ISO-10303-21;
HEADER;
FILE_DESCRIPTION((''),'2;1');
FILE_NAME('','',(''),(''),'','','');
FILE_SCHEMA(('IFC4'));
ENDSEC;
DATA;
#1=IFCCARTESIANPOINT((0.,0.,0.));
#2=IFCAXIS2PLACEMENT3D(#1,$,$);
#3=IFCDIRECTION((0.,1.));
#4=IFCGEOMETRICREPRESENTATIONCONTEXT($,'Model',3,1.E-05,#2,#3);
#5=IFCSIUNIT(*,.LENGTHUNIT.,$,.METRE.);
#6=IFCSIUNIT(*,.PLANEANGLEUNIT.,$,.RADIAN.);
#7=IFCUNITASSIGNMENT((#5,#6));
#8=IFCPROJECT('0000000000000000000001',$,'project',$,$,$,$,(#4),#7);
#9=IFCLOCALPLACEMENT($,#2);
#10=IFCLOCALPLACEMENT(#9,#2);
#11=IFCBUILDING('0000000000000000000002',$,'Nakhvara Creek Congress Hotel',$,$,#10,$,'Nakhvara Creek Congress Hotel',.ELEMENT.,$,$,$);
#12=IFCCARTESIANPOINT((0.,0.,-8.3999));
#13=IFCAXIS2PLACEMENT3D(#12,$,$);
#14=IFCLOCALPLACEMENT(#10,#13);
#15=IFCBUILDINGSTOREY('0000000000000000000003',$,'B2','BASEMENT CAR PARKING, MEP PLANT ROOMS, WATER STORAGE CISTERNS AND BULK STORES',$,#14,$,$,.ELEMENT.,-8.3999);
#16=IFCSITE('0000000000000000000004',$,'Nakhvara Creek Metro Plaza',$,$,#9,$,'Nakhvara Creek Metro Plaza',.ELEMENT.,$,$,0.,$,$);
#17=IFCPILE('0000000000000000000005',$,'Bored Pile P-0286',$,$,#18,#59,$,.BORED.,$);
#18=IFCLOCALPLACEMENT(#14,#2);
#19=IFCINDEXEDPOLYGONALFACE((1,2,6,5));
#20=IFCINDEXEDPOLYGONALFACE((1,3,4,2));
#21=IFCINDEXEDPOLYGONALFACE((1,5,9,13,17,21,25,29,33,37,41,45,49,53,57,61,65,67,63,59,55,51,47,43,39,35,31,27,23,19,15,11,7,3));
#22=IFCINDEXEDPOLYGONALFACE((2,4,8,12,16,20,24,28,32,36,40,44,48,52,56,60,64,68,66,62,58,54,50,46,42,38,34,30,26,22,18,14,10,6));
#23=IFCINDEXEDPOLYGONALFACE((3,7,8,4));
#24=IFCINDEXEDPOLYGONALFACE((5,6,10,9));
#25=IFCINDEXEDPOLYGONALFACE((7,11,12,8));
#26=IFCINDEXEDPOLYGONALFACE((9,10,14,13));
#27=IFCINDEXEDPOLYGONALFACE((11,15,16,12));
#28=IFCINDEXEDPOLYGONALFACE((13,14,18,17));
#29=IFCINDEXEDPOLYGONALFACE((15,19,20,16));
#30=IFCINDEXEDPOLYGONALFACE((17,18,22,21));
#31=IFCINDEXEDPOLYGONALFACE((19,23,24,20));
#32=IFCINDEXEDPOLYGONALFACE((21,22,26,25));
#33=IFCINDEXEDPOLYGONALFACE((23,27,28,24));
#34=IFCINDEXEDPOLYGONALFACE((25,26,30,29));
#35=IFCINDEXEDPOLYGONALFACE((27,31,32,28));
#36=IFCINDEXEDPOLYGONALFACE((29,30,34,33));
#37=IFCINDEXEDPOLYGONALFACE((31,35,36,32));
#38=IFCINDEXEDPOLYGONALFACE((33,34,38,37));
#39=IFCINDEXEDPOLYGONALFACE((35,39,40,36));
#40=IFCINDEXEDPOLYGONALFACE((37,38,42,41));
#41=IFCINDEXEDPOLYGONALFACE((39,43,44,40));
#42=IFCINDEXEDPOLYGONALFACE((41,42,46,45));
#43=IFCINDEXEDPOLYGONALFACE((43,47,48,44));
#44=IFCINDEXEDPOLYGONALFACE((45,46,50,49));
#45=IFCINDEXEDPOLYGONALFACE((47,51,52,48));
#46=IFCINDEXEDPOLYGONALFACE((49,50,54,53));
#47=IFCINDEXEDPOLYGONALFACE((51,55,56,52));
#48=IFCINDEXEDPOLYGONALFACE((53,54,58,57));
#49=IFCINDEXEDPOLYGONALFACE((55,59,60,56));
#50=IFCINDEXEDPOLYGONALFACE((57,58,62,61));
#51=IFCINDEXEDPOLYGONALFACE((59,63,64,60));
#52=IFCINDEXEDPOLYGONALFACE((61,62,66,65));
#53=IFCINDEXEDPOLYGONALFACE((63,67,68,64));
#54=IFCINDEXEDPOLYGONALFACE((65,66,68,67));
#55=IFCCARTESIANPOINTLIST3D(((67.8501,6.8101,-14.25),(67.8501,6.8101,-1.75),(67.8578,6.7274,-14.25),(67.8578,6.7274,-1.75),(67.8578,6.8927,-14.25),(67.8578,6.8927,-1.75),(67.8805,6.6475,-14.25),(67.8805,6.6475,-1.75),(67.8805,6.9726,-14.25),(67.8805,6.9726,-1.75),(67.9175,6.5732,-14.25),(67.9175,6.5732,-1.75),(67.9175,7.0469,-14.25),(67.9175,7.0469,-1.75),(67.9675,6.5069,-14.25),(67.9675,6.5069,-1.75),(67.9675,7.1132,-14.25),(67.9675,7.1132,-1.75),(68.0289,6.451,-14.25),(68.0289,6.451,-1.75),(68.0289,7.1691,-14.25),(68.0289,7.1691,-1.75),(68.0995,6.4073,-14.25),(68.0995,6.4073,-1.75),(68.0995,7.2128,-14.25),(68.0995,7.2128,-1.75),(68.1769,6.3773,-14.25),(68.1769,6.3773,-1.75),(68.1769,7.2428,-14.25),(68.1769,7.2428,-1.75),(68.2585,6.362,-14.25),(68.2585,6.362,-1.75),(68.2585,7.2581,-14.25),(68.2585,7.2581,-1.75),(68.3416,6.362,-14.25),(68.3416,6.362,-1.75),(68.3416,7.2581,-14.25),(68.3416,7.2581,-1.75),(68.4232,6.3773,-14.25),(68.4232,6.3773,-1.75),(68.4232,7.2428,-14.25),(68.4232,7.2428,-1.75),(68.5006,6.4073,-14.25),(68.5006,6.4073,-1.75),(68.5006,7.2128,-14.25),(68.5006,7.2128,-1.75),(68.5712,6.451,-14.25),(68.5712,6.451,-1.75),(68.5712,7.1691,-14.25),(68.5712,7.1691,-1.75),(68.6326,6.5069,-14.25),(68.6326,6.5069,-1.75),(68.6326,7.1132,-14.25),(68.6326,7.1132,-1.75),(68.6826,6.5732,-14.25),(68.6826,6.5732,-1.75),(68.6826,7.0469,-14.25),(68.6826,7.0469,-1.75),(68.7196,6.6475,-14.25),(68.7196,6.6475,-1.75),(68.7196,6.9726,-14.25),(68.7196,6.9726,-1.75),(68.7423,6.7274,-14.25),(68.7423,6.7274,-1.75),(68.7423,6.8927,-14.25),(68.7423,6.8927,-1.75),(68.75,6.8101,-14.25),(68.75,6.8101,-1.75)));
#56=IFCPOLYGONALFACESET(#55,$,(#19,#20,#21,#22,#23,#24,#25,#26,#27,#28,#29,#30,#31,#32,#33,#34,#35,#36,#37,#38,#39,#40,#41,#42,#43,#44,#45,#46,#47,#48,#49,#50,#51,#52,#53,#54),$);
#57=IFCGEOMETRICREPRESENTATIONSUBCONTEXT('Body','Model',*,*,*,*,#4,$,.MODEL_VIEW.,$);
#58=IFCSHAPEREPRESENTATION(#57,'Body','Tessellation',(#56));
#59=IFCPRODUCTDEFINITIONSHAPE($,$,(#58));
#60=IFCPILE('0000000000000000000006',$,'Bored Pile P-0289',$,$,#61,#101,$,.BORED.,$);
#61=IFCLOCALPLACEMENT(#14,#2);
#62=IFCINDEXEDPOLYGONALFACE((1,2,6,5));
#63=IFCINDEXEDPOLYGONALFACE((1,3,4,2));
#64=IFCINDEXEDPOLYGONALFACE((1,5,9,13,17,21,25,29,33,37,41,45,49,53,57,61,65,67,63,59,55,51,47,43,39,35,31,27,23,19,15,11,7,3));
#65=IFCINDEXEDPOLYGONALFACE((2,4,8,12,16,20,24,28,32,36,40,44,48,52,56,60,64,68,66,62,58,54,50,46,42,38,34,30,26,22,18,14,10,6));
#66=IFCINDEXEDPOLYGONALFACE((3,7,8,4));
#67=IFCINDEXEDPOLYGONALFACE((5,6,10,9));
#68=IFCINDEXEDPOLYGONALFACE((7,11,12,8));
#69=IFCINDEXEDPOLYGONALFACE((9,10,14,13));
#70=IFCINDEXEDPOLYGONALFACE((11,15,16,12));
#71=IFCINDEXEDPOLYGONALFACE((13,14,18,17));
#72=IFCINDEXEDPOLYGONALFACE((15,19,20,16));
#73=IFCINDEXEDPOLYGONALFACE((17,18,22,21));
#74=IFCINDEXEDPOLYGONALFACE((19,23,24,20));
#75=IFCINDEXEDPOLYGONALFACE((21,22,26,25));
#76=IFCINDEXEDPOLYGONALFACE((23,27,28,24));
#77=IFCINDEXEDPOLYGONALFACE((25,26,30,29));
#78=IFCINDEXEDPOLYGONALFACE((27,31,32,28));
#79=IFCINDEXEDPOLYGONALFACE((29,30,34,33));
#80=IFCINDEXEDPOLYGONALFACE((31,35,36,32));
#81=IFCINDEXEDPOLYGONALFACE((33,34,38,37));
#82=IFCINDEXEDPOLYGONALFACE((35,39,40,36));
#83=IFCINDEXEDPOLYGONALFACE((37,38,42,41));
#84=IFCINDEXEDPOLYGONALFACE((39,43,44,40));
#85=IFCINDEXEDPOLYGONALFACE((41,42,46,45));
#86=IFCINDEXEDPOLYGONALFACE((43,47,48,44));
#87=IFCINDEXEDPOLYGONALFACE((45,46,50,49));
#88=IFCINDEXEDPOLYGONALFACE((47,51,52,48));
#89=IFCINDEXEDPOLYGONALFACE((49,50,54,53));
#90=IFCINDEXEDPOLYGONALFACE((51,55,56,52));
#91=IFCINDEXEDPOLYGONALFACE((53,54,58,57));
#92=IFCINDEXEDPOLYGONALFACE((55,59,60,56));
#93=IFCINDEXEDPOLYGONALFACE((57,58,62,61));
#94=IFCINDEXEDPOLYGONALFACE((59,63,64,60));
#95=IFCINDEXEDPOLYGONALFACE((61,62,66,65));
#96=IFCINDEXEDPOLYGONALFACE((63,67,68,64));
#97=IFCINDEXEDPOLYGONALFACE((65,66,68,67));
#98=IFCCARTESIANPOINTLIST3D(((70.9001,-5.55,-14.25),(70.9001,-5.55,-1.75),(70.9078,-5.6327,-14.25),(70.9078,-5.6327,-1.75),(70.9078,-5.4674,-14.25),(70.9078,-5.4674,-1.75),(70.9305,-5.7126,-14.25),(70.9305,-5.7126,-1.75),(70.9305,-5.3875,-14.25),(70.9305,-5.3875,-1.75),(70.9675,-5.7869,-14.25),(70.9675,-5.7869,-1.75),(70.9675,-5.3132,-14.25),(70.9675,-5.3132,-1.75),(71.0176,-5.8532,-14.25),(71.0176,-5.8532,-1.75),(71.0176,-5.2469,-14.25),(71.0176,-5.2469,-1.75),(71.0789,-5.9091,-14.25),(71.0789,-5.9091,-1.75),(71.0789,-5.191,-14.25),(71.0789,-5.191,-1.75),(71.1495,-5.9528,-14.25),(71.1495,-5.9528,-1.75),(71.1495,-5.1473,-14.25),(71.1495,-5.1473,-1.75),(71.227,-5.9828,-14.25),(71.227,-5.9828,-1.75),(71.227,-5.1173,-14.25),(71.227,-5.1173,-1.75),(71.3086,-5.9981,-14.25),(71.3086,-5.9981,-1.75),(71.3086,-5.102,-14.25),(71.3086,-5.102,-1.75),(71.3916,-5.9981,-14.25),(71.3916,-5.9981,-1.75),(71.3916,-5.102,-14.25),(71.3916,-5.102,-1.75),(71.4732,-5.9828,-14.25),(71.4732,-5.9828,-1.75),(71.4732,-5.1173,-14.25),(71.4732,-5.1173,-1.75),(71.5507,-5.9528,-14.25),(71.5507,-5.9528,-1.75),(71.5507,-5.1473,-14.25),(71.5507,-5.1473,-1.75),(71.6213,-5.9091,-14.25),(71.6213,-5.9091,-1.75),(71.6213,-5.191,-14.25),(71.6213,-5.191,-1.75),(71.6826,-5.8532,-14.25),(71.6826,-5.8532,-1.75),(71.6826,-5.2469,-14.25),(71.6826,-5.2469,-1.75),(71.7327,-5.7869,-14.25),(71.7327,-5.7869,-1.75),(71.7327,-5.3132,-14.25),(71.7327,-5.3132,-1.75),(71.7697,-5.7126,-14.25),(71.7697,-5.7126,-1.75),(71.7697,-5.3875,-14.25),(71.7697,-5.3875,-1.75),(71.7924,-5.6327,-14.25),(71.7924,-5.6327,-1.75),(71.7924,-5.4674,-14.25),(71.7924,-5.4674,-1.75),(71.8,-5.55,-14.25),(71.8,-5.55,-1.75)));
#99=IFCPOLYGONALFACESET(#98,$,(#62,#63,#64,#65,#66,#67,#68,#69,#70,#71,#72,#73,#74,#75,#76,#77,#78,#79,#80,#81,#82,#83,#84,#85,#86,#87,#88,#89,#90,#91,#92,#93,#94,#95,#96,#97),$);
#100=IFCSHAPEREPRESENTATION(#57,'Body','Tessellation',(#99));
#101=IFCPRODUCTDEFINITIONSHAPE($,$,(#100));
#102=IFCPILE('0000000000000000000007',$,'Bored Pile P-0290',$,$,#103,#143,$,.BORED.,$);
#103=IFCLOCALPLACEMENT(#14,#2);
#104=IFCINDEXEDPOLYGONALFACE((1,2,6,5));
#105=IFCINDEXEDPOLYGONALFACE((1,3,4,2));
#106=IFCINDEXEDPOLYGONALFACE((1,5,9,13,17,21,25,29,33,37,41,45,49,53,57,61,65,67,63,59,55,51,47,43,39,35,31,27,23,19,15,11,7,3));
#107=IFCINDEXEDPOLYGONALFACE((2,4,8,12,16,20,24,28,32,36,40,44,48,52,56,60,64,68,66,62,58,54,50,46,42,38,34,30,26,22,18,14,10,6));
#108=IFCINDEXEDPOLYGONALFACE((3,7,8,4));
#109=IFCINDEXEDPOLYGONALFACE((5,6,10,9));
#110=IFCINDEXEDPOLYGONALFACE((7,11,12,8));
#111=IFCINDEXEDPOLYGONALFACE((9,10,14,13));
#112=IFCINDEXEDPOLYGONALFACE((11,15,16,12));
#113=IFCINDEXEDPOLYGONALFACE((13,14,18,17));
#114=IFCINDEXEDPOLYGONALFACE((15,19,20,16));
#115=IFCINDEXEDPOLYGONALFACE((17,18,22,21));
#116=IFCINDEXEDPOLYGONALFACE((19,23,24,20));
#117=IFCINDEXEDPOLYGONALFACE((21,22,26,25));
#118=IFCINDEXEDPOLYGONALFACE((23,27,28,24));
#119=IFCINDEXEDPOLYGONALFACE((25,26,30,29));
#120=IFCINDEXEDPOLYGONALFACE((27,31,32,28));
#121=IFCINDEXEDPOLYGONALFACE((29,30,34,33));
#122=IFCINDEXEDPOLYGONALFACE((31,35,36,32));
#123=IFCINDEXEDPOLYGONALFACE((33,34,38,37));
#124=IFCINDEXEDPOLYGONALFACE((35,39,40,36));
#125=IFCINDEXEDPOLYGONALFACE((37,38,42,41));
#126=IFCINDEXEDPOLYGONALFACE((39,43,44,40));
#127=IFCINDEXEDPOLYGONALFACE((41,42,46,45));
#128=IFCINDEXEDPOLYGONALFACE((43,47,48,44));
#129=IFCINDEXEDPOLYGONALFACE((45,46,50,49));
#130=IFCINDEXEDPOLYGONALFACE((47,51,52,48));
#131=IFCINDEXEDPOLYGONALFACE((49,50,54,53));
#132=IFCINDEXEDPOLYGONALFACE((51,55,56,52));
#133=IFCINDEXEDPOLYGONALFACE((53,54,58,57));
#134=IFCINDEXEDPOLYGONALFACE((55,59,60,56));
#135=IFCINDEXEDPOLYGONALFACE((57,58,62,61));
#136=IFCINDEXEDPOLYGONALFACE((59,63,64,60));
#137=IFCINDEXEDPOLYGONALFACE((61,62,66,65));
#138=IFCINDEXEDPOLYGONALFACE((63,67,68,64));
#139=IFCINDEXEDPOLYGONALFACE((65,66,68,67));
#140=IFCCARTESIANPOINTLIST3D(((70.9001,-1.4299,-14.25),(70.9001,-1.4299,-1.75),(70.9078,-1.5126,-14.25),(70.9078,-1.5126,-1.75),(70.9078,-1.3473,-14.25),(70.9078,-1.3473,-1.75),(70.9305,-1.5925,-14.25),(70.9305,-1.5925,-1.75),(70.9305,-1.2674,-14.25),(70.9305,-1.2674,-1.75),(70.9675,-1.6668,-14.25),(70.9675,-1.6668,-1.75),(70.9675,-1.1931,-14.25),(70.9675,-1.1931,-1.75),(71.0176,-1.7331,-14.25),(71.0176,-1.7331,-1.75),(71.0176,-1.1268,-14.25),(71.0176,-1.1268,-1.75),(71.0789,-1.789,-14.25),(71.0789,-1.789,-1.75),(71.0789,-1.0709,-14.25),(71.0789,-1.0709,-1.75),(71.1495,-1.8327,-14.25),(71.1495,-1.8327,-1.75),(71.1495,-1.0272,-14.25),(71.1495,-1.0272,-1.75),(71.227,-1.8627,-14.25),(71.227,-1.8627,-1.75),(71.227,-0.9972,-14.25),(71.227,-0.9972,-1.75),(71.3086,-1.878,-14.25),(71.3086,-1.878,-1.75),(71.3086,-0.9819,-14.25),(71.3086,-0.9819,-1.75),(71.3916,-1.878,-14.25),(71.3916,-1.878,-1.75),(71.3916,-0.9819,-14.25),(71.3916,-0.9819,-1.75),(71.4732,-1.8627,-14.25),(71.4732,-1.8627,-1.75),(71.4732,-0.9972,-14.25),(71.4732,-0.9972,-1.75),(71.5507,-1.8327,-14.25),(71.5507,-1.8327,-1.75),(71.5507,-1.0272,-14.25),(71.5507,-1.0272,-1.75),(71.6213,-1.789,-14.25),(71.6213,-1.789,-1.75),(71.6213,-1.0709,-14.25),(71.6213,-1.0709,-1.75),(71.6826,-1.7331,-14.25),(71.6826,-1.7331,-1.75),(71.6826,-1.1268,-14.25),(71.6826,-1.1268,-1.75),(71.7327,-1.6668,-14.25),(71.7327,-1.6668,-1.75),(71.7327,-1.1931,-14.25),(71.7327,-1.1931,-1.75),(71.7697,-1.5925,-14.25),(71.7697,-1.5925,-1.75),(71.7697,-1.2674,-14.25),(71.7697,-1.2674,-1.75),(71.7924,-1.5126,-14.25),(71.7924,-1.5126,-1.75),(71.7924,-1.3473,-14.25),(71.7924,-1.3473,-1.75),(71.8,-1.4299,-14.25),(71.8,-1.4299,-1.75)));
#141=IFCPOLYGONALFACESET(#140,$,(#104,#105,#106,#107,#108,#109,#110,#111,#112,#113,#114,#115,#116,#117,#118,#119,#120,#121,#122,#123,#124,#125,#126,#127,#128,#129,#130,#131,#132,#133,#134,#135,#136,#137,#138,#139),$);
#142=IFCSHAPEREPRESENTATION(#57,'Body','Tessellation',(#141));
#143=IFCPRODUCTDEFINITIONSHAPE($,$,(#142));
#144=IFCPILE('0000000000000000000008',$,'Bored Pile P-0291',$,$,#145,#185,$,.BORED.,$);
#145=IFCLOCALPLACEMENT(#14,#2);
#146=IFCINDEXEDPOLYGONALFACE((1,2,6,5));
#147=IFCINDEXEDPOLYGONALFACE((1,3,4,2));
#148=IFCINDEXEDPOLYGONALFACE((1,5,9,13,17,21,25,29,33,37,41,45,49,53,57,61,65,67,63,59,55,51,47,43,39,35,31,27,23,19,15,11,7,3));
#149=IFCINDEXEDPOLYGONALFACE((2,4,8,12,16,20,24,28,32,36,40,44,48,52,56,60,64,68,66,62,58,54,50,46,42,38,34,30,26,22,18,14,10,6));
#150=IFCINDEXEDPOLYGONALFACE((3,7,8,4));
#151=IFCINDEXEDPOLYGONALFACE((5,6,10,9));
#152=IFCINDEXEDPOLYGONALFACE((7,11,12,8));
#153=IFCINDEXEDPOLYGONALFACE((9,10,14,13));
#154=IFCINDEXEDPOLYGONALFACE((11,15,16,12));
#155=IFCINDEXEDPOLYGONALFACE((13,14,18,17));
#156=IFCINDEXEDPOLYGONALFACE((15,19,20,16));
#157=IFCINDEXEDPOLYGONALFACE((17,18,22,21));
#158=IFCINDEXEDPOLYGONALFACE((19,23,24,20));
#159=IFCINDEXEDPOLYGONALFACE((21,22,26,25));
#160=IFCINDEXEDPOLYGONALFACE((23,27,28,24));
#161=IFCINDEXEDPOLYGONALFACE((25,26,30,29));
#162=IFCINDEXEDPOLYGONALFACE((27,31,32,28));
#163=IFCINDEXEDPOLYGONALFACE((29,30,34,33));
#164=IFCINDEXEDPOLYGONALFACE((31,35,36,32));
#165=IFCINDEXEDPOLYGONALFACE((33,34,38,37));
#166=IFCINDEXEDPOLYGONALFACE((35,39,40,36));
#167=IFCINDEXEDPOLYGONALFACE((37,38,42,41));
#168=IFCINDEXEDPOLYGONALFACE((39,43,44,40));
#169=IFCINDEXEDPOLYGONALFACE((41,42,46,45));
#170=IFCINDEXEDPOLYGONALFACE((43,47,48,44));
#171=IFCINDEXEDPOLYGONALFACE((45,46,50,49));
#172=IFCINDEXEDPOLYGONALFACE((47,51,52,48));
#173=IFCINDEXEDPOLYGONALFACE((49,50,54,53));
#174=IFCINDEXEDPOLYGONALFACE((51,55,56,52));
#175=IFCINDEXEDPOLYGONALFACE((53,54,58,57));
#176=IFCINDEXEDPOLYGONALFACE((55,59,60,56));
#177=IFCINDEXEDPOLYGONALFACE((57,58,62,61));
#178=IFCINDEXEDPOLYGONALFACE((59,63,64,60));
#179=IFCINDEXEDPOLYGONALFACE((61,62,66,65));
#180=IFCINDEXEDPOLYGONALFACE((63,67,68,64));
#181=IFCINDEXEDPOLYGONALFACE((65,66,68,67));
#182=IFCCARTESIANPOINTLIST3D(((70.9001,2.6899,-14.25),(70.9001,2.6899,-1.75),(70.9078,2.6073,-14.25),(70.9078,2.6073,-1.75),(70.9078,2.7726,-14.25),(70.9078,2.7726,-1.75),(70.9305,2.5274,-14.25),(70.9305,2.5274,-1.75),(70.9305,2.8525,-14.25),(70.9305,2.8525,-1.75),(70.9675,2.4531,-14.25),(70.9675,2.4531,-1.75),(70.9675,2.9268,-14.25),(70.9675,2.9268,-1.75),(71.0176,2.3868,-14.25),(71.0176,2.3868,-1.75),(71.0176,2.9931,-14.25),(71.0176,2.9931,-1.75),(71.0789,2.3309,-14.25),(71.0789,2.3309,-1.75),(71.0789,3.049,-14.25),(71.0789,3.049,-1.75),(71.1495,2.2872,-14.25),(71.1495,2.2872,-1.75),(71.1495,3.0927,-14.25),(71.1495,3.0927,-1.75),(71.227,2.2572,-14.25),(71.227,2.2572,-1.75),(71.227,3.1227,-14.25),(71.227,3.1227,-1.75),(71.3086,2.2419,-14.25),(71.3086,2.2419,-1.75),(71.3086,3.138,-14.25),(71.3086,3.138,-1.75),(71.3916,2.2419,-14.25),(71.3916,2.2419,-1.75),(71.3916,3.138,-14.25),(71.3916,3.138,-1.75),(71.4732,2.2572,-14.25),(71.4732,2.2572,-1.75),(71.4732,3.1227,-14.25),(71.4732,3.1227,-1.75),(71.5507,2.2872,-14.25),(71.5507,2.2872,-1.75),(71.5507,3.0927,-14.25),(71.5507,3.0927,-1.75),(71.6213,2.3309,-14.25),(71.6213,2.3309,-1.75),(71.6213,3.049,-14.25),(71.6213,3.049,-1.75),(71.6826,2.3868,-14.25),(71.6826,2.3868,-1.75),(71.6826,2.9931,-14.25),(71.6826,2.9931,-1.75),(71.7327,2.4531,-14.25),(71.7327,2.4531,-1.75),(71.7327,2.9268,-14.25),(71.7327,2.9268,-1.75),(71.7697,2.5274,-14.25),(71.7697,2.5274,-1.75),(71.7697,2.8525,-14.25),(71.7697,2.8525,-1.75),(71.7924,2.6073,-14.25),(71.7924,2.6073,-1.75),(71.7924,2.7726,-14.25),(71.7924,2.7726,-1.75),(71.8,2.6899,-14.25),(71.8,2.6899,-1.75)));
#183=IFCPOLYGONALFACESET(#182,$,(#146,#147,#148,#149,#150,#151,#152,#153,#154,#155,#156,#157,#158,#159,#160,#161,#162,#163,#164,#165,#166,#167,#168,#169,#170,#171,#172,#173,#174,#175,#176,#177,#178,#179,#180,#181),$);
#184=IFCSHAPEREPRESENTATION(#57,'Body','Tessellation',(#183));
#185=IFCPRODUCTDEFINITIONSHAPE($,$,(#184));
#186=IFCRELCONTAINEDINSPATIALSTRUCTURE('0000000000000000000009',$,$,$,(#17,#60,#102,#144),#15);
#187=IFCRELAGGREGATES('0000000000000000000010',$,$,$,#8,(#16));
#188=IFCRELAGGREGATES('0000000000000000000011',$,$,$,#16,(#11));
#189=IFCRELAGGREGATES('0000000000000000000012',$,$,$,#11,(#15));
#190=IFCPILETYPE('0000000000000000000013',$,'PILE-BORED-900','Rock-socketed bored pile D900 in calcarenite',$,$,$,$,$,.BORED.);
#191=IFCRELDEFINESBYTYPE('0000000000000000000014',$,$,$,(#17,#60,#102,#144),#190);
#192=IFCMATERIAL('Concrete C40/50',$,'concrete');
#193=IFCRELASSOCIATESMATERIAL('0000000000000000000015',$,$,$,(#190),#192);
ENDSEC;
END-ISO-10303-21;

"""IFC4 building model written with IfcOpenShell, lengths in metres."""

from ifc_helpers import new_model, si_unit, direction, frame, origin, origin_2d, place, context, subcontext, project, spatial, circle, extrude, material, material_profile, profile_set, type_object, element, save


model = new_model("IFC4")

# Units and contexts
model_context = context("Model", 3, precision=1e-05, world=origin(), true_north=direction((0.0, 1.0)))
body_context = subcontext(model_context, "Body", "Model", "MODEL_VIEW")
ifc_project = project(units=[si_unit("LENGTHUNIT", "METRE"), si_unit("PLANEANGLEUNIT", "RADIAN")], contexts=[model_context])

# Site, building, storey
site_placement = place(None, origin())
site = spatial("IfcSite", under=ifc_project, at=site_placement, Name="Nakhvara Creek Metro Plaza", LongName="Nakhvara Creek Metro Plaza", CompositionType="ELEMENT", RefElevation=0.0)
building_placement = place(site_placement, origin())
building = spatial("IfcBuilding", under=site, at=building_placement, Name="Nakhvara Creek Congress Hotel", LongName="Nakhvara Creek Congress Hotel", CompositionType="ELEMENT")
storey_placement = place(building_placement, frame((0.0, 0.0, -8.3999)))
storey = spatial("IfcBuildingStorey", under=building, at=storey_placement, Name="B2", Description="BASEMENT CAR PARKING, MEP PLANT ROOMS, WATER STORAGE CISTERNS AND BULK STORES", CompositionType="ELEMENT", Elevation=-8.3999)

# Shared definitions
ifc_material_1 = material(Name="Concrete C40/50", Category="concrete")

# Piles
ifc_material_profile_1 = material_profile(ifc_material_1, circle(Radius=0.45, at=origin_2d()), Name="BORED PILE D900", Category="LoadBearing")
ifc_profile_set_1 = profile_set([ifc_material_profile_1], Name="Concrete C40/50")
pile_type = type_object("IfcPileType", Name="PILE-BORED-900", Description="Rock-socketed bored pile D900 in calcarenite", PredefinedType="BORED", material=ifc_profile_set_1)
for number, where, z_axis, x_axis, name in (
    (1, (68.3, 6.8101, -1.75), (0.0, 0.0, -1.0), (1.0, 0.0, 0.0), "Bored Pile P-0286"),
    (2, (71.3501, -5.55, -1.75), (0.0, 0.0, -1.0), (1.0, 0.0, 0.0), "Bored Pile P-0289"),
    (3, (71.3501, -1.4299, -1.75), (0.0, 0.0, -1.0), (1.0, 0.0, 0.0), "Bored Pile P-0290"),
    (4, (71.3501, 2.6899, -1.75), (0.0, 0.0, -1.0), (1.0, 0.0, 0.0), "Bored Pile P-0291"),
):
    element("IfcPile", number, at=place(storey_placement, frame(where, z_axis=z_axis, x_axis=x_axis)), inside=storey, type_object=pile_type, Name=name, PredefinedType="BORED", context=body_context, shape_type="SweptSolid", body=[
        extrude(circle(Radius=0.45, at=origin_2d()), origin(), (0.0, 0.0, 1.0), 12.5),
    ])

save(model, "model.ifc")
